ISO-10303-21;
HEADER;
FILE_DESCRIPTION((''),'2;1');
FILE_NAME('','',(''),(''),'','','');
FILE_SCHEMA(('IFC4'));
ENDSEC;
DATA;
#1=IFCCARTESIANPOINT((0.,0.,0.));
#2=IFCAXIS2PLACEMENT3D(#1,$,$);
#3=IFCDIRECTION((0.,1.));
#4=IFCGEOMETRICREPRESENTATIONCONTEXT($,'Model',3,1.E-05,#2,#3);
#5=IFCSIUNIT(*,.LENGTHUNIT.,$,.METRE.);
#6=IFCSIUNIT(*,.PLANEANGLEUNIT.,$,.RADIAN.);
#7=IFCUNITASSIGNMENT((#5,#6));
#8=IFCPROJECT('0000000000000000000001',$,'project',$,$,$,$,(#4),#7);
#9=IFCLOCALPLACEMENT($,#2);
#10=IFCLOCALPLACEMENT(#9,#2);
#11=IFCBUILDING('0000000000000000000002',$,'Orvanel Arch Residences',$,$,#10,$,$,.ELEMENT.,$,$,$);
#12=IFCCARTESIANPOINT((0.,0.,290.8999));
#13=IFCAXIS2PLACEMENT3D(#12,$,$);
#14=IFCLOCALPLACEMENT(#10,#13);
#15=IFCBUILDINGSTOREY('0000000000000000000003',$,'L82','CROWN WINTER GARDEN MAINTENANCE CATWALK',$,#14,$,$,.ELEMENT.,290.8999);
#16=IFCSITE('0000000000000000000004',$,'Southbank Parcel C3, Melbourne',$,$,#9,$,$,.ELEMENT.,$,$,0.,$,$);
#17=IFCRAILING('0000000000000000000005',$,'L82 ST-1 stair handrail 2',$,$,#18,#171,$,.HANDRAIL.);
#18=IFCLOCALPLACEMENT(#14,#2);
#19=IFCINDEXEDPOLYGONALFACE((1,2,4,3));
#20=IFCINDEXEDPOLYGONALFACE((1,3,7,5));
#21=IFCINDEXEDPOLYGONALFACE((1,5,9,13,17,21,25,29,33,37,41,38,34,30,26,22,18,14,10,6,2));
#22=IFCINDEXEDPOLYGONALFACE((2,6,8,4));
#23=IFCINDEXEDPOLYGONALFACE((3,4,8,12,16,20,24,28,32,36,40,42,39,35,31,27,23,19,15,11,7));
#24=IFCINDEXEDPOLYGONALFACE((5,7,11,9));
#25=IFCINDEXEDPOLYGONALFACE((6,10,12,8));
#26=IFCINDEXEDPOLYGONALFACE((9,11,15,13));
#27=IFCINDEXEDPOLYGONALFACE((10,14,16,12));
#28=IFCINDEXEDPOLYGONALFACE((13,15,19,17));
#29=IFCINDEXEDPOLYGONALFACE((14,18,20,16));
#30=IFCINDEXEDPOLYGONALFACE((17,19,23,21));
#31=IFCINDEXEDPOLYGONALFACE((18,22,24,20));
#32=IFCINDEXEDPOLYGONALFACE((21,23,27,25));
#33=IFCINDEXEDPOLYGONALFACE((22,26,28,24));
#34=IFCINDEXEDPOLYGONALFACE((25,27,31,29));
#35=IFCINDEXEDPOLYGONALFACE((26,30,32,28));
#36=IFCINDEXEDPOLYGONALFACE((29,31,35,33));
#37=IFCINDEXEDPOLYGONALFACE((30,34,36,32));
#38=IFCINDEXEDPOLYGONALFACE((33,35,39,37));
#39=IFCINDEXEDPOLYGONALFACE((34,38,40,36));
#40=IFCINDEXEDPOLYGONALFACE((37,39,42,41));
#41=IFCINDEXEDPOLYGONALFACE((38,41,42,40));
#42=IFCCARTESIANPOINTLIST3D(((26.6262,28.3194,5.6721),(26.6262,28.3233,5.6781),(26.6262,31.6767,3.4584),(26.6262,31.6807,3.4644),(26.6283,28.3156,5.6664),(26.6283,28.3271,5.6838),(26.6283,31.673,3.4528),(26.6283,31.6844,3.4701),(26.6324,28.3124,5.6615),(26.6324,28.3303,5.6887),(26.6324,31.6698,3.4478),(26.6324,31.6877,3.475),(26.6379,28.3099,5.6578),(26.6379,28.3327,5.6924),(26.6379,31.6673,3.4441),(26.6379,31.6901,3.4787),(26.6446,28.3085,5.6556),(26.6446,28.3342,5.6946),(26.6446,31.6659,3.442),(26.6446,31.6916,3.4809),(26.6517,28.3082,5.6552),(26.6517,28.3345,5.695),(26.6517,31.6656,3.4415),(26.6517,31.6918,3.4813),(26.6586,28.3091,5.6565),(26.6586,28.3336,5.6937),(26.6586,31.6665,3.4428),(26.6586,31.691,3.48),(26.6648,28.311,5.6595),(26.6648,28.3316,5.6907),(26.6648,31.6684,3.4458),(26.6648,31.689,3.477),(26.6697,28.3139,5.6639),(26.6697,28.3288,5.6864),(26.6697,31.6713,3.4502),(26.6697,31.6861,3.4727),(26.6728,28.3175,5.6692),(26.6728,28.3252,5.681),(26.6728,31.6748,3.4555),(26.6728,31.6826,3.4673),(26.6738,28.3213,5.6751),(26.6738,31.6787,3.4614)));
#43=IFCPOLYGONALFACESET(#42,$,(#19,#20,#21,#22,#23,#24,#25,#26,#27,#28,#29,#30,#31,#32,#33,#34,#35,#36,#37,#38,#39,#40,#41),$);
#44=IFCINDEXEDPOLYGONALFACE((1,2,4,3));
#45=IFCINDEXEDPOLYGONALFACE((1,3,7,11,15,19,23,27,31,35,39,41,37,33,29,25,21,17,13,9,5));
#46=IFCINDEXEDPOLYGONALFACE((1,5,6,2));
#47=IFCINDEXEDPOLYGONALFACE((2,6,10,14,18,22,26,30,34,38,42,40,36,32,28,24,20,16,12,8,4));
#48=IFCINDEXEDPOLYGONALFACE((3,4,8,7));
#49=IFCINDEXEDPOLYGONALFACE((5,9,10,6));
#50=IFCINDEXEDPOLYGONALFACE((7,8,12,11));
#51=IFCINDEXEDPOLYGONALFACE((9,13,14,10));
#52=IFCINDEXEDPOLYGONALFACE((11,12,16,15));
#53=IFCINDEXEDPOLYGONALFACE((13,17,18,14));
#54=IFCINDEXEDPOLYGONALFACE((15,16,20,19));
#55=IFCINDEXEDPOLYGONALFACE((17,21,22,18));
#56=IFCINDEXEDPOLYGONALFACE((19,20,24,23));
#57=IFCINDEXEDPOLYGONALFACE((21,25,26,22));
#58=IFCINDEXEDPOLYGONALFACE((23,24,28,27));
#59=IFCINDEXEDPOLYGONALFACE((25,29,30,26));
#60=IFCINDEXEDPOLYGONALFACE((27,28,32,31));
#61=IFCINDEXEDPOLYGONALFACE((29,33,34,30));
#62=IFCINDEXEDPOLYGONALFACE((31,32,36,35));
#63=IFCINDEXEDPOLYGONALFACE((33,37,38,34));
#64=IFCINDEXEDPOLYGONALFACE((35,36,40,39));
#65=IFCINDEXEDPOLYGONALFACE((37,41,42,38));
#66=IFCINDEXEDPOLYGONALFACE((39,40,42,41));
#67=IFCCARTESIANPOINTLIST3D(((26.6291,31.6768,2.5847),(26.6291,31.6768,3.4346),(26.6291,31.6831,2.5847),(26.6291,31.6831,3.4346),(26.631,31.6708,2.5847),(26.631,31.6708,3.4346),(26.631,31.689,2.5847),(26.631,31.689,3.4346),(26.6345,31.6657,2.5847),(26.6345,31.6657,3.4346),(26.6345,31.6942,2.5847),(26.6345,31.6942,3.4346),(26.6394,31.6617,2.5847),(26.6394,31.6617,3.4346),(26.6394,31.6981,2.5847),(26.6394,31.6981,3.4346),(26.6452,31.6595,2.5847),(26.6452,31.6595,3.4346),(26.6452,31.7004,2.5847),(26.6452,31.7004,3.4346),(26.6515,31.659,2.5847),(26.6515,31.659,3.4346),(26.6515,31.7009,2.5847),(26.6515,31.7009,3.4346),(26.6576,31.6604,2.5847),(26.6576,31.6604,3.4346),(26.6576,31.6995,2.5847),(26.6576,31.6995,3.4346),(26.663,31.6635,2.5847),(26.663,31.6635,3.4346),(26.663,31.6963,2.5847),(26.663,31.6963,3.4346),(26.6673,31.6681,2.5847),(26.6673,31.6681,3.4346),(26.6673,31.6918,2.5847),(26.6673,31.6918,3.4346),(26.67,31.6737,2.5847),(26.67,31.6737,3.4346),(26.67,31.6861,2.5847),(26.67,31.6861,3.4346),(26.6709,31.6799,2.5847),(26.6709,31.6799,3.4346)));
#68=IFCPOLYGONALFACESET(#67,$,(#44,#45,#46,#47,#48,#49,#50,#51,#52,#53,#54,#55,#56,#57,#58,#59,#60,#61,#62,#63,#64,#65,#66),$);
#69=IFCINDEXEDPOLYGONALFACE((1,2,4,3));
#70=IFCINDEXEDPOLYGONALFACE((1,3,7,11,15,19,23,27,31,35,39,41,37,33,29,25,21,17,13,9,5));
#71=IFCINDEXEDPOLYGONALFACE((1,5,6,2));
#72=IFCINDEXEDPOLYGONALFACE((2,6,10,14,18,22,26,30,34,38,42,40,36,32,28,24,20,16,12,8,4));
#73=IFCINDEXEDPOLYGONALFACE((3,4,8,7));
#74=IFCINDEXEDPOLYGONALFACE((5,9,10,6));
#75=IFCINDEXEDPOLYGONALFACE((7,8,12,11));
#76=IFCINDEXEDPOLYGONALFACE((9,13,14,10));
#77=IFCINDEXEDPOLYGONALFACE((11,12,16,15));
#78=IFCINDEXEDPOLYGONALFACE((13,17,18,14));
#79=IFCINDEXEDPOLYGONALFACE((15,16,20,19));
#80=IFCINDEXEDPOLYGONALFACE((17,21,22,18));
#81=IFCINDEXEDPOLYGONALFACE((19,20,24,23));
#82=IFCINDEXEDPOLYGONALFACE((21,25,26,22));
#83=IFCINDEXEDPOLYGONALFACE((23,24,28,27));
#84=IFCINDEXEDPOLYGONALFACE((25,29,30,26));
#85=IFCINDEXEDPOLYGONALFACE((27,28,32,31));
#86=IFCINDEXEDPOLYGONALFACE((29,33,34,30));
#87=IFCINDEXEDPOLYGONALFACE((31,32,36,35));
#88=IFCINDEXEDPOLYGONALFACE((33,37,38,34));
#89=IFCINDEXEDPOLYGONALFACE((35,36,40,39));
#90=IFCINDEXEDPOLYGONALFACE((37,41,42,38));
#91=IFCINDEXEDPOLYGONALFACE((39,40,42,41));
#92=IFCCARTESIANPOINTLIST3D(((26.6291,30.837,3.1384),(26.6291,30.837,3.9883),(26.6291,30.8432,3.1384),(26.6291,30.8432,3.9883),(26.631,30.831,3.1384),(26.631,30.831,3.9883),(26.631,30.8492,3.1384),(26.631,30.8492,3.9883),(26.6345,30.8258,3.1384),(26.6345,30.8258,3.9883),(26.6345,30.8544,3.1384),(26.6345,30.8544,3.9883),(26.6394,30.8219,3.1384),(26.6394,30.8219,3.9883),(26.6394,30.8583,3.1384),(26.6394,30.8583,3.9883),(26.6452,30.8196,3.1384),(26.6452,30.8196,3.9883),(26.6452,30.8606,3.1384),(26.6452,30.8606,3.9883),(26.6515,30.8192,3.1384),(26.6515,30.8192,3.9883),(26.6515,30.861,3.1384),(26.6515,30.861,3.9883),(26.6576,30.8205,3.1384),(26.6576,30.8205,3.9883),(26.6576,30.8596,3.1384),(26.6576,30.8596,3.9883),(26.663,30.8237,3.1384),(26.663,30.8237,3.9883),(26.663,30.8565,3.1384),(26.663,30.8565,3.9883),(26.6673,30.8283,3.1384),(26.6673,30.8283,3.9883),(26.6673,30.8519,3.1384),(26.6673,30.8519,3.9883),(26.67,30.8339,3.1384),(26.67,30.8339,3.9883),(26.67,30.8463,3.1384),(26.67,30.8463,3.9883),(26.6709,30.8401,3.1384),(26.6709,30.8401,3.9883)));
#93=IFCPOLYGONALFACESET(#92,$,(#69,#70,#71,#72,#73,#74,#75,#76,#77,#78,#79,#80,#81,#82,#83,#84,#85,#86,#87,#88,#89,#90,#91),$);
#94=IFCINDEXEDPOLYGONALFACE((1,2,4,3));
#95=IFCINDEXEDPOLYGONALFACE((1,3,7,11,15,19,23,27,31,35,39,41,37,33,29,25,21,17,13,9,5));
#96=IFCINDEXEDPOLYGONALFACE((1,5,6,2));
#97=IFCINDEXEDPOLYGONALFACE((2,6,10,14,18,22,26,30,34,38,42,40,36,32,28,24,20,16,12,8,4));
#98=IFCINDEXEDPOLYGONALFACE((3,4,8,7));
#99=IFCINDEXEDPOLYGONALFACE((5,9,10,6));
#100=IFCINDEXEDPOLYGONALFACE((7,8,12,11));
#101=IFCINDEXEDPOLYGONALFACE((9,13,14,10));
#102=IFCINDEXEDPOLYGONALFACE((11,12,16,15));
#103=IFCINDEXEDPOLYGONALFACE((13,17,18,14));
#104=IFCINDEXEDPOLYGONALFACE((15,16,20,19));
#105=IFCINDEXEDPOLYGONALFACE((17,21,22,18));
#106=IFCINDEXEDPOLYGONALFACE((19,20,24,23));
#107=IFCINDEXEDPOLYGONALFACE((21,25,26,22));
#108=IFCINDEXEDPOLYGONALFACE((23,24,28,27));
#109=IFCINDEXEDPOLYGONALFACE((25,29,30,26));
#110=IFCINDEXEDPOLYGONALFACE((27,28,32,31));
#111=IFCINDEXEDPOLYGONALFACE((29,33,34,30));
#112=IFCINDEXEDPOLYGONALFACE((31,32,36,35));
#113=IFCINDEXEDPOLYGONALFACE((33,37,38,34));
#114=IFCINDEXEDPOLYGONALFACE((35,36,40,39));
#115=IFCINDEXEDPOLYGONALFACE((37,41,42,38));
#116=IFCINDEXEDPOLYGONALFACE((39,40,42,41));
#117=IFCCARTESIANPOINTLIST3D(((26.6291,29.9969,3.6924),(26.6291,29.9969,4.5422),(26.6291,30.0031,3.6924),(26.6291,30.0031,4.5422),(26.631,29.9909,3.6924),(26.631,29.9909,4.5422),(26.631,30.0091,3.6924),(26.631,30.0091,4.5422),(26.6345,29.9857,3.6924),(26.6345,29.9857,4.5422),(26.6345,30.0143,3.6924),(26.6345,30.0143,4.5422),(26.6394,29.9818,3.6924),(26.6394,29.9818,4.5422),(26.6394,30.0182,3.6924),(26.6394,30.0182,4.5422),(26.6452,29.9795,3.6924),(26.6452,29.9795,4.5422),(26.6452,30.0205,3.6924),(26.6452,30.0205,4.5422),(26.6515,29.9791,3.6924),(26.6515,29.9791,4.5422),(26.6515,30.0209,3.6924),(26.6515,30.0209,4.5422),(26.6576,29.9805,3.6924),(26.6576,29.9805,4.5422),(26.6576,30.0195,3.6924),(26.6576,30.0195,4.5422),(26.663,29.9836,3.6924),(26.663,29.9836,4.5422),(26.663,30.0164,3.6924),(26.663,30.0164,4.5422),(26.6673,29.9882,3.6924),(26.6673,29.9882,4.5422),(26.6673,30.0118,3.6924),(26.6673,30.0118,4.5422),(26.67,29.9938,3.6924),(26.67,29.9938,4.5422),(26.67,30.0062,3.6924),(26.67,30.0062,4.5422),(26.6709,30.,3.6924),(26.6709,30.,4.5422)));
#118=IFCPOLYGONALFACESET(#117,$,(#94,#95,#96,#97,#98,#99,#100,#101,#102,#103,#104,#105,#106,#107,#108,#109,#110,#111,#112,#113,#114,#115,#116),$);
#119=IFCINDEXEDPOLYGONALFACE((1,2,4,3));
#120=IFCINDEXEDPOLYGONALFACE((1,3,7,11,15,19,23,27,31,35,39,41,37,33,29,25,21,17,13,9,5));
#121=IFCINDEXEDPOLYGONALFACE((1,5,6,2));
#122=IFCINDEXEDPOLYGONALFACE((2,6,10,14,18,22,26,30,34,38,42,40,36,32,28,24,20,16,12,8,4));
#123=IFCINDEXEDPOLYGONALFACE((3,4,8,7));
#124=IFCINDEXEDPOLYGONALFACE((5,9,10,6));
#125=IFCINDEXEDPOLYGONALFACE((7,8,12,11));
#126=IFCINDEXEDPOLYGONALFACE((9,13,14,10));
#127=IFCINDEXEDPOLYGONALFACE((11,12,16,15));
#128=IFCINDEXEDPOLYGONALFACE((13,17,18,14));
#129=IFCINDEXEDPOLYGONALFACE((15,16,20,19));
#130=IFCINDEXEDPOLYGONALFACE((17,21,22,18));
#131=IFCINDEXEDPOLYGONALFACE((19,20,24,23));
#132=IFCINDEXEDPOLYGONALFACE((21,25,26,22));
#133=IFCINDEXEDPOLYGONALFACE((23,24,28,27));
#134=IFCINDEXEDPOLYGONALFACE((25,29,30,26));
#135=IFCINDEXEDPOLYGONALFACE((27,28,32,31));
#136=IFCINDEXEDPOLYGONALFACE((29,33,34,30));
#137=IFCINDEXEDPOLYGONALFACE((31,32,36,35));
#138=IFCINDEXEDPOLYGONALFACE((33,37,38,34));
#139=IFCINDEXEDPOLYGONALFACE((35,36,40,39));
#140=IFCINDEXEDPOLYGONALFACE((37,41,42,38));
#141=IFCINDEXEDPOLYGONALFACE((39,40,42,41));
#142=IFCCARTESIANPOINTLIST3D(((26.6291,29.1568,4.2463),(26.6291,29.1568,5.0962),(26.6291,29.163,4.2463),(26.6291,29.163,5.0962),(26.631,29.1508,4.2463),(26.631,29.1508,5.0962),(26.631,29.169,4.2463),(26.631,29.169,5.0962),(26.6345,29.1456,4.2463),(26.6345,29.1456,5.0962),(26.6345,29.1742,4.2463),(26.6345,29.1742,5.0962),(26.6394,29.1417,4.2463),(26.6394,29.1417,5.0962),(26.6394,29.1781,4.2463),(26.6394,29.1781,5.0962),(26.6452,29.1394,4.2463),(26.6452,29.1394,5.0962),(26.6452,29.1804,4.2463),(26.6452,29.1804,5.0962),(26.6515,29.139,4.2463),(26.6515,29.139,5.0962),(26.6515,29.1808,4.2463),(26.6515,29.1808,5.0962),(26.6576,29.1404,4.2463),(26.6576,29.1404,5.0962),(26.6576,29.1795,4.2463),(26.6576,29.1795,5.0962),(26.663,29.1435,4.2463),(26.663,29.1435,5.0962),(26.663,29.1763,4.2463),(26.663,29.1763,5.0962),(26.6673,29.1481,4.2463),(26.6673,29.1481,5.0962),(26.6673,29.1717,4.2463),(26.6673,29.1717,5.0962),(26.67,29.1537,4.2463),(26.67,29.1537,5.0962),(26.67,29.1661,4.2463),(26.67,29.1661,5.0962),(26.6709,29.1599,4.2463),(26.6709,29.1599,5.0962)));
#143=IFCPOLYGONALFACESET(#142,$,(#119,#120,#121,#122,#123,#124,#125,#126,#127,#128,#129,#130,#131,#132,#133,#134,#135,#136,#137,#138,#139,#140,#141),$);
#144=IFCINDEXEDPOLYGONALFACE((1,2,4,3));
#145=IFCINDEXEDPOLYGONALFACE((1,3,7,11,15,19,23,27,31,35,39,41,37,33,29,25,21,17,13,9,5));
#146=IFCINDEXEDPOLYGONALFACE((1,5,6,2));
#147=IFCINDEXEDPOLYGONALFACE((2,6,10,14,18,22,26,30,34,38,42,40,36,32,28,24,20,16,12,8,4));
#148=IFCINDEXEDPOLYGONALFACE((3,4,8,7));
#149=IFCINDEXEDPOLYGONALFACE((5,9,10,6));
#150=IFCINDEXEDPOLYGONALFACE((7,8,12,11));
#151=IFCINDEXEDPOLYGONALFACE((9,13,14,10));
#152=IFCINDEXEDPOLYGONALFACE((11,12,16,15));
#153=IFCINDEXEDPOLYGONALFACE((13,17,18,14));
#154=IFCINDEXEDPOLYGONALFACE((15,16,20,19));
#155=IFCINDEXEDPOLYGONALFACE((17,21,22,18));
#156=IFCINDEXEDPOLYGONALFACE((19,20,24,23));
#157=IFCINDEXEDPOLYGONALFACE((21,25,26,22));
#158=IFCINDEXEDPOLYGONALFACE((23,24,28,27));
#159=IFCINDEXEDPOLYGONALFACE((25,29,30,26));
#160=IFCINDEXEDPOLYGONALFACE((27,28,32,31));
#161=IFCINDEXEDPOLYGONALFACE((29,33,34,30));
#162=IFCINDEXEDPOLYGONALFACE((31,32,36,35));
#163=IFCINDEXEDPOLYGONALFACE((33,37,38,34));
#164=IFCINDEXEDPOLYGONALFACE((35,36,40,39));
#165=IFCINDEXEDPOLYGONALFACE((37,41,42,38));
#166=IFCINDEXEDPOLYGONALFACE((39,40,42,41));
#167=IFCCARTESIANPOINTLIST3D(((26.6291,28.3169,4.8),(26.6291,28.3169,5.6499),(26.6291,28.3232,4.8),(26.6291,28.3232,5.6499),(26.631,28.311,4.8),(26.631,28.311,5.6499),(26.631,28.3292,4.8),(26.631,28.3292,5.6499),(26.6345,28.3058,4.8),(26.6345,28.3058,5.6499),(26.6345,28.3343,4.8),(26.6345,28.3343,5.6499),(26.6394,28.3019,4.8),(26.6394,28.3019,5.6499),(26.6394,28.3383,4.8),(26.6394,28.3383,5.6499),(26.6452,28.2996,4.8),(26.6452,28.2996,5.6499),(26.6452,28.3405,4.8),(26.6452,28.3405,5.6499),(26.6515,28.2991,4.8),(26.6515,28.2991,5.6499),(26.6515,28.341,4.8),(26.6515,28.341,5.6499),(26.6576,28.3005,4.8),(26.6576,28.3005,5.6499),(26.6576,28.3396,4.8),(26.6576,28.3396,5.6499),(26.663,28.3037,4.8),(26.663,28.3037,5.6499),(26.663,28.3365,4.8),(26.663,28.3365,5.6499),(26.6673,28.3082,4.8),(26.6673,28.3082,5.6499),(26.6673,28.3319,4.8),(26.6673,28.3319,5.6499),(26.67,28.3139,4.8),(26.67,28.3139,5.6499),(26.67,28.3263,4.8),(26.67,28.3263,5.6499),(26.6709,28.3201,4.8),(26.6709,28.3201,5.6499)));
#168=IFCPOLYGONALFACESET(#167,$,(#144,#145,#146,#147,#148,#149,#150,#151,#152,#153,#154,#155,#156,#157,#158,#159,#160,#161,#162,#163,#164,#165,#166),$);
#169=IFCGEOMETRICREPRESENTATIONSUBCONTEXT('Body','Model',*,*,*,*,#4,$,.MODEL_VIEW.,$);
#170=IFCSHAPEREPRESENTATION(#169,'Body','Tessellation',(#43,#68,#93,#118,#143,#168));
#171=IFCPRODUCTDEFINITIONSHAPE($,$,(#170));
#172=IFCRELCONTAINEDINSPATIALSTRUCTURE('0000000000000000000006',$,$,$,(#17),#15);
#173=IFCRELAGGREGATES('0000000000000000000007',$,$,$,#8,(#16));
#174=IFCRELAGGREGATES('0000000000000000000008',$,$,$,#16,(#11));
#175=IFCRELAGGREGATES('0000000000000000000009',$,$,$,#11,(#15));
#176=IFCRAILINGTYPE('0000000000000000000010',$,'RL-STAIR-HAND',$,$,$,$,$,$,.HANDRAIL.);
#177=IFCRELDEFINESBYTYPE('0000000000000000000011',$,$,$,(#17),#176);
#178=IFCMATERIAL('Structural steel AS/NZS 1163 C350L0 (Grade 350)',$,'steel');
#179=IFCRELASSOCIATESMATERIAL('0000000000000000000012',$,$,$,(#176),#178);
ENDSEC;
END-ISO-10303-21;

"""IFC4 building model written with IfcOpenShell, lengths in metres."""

from ifc_helpers import new_model, si_unit, direction, frame, origin, origin_2d, place, context, subcontext, project, spatial, circle, extrude, material, type_object, element, save


model = new_model("IFC4")

# Units and contexts
model_context = context("Model", 3, precision=1e-05, world=origin(), true_north=direction((0.0, 1.0)))
body_context = subcontext(model_context, "Body", "Model", "MODEL_VIEW")
ifc_project = project(units=[si_unit("LENGTHUNIT", "METRE"), si_unit("PLANEANGLEUNIT", "RADIAN")], contexts=[model_context])

# Site, building, storey
site_placement = place(None, origin())
site = spatial("IfcSite", under=ifc_project, at=site_placement, Name="Southbank Parcel C3, Melbourne", CompositionType="ELEMENT", RefElevation=0.0)
building_placement = place(site_placement, origin())
building = spatial("IfcBuilding", under=site, at=building_placement, Name="Orvanel Arch Residences", CompositionType="ELEMENT")
storey_placement = place(building_placement, frame((0.0, 0.0, 290.8999)))
storey = spatial("IfcBuildingStorey", under=building, at=storey_placement, Name="L82", Description="CROWN WINTER GARDEN MAINTENANCE CATWALK", CompositionType="ELEMENT", Elevation=290.8999)

# Shared definitions
ifc_material_1 = material(Name="Structural steel AS/NZS 1163 C350L0 (Grade 350)", Category="steel")

# Railing
railing_type_1 = type_object("IfcRailingType", Name="RL-STAIR-HAND", PredefinedType="HANDRAIL", material=ifc_material_1)
railing_1_placement = place(storey_placement, frame((26.6499, 31.6799, 2.5847)))
element("IfcRailing", 1, at=railing_1_placement, inside=storey, type_object=railing_type_1, Name="L82 ST-1 stair handrail 2", PredefinedType="HANDRAIL", context=body_context, shape_type="SweptSolid", body=[
    extrude(circle(Radius=0.0239, at=origin_2d()), frame((0.0, -0.0012, 0.8767), z_axis=(0.0, -0.834858, 0.550465), x_axis=(1.0, 0.0, 0.0)), (0.0, 0.0, 1.0), 4.0215),
    extrude(circle(Radius=0.021, at=origin_2d()), origin(), (0.0, 0.0, 1.0), 0.8499),
    extrude(circle(Radius=0.021, at=origin_2d()), frame((0.0, -0.8398, 0.5537)), (0.0, 0.0, 1.0), 0.8499),
    extrude(circle(Radius=0.021, at=origin_2d()), frame((0.0, -1.6799, 1.1077)), (0.0, 0.0, 1.0), 0.8499),
    extrude(circle(Radius=0.021, at=origin_2d()), frame((0.0, -2.52, 1.6616)), (0.0, 0.0, 1.0), 0.8499),
    extrude(circle(Radius=0.021, at=origin_2d()), frame((0.0, -3.3599, 2.2153)), (0.0, 0.0, 1.0), 0.8499),
])

save(model, "model.ifc")
